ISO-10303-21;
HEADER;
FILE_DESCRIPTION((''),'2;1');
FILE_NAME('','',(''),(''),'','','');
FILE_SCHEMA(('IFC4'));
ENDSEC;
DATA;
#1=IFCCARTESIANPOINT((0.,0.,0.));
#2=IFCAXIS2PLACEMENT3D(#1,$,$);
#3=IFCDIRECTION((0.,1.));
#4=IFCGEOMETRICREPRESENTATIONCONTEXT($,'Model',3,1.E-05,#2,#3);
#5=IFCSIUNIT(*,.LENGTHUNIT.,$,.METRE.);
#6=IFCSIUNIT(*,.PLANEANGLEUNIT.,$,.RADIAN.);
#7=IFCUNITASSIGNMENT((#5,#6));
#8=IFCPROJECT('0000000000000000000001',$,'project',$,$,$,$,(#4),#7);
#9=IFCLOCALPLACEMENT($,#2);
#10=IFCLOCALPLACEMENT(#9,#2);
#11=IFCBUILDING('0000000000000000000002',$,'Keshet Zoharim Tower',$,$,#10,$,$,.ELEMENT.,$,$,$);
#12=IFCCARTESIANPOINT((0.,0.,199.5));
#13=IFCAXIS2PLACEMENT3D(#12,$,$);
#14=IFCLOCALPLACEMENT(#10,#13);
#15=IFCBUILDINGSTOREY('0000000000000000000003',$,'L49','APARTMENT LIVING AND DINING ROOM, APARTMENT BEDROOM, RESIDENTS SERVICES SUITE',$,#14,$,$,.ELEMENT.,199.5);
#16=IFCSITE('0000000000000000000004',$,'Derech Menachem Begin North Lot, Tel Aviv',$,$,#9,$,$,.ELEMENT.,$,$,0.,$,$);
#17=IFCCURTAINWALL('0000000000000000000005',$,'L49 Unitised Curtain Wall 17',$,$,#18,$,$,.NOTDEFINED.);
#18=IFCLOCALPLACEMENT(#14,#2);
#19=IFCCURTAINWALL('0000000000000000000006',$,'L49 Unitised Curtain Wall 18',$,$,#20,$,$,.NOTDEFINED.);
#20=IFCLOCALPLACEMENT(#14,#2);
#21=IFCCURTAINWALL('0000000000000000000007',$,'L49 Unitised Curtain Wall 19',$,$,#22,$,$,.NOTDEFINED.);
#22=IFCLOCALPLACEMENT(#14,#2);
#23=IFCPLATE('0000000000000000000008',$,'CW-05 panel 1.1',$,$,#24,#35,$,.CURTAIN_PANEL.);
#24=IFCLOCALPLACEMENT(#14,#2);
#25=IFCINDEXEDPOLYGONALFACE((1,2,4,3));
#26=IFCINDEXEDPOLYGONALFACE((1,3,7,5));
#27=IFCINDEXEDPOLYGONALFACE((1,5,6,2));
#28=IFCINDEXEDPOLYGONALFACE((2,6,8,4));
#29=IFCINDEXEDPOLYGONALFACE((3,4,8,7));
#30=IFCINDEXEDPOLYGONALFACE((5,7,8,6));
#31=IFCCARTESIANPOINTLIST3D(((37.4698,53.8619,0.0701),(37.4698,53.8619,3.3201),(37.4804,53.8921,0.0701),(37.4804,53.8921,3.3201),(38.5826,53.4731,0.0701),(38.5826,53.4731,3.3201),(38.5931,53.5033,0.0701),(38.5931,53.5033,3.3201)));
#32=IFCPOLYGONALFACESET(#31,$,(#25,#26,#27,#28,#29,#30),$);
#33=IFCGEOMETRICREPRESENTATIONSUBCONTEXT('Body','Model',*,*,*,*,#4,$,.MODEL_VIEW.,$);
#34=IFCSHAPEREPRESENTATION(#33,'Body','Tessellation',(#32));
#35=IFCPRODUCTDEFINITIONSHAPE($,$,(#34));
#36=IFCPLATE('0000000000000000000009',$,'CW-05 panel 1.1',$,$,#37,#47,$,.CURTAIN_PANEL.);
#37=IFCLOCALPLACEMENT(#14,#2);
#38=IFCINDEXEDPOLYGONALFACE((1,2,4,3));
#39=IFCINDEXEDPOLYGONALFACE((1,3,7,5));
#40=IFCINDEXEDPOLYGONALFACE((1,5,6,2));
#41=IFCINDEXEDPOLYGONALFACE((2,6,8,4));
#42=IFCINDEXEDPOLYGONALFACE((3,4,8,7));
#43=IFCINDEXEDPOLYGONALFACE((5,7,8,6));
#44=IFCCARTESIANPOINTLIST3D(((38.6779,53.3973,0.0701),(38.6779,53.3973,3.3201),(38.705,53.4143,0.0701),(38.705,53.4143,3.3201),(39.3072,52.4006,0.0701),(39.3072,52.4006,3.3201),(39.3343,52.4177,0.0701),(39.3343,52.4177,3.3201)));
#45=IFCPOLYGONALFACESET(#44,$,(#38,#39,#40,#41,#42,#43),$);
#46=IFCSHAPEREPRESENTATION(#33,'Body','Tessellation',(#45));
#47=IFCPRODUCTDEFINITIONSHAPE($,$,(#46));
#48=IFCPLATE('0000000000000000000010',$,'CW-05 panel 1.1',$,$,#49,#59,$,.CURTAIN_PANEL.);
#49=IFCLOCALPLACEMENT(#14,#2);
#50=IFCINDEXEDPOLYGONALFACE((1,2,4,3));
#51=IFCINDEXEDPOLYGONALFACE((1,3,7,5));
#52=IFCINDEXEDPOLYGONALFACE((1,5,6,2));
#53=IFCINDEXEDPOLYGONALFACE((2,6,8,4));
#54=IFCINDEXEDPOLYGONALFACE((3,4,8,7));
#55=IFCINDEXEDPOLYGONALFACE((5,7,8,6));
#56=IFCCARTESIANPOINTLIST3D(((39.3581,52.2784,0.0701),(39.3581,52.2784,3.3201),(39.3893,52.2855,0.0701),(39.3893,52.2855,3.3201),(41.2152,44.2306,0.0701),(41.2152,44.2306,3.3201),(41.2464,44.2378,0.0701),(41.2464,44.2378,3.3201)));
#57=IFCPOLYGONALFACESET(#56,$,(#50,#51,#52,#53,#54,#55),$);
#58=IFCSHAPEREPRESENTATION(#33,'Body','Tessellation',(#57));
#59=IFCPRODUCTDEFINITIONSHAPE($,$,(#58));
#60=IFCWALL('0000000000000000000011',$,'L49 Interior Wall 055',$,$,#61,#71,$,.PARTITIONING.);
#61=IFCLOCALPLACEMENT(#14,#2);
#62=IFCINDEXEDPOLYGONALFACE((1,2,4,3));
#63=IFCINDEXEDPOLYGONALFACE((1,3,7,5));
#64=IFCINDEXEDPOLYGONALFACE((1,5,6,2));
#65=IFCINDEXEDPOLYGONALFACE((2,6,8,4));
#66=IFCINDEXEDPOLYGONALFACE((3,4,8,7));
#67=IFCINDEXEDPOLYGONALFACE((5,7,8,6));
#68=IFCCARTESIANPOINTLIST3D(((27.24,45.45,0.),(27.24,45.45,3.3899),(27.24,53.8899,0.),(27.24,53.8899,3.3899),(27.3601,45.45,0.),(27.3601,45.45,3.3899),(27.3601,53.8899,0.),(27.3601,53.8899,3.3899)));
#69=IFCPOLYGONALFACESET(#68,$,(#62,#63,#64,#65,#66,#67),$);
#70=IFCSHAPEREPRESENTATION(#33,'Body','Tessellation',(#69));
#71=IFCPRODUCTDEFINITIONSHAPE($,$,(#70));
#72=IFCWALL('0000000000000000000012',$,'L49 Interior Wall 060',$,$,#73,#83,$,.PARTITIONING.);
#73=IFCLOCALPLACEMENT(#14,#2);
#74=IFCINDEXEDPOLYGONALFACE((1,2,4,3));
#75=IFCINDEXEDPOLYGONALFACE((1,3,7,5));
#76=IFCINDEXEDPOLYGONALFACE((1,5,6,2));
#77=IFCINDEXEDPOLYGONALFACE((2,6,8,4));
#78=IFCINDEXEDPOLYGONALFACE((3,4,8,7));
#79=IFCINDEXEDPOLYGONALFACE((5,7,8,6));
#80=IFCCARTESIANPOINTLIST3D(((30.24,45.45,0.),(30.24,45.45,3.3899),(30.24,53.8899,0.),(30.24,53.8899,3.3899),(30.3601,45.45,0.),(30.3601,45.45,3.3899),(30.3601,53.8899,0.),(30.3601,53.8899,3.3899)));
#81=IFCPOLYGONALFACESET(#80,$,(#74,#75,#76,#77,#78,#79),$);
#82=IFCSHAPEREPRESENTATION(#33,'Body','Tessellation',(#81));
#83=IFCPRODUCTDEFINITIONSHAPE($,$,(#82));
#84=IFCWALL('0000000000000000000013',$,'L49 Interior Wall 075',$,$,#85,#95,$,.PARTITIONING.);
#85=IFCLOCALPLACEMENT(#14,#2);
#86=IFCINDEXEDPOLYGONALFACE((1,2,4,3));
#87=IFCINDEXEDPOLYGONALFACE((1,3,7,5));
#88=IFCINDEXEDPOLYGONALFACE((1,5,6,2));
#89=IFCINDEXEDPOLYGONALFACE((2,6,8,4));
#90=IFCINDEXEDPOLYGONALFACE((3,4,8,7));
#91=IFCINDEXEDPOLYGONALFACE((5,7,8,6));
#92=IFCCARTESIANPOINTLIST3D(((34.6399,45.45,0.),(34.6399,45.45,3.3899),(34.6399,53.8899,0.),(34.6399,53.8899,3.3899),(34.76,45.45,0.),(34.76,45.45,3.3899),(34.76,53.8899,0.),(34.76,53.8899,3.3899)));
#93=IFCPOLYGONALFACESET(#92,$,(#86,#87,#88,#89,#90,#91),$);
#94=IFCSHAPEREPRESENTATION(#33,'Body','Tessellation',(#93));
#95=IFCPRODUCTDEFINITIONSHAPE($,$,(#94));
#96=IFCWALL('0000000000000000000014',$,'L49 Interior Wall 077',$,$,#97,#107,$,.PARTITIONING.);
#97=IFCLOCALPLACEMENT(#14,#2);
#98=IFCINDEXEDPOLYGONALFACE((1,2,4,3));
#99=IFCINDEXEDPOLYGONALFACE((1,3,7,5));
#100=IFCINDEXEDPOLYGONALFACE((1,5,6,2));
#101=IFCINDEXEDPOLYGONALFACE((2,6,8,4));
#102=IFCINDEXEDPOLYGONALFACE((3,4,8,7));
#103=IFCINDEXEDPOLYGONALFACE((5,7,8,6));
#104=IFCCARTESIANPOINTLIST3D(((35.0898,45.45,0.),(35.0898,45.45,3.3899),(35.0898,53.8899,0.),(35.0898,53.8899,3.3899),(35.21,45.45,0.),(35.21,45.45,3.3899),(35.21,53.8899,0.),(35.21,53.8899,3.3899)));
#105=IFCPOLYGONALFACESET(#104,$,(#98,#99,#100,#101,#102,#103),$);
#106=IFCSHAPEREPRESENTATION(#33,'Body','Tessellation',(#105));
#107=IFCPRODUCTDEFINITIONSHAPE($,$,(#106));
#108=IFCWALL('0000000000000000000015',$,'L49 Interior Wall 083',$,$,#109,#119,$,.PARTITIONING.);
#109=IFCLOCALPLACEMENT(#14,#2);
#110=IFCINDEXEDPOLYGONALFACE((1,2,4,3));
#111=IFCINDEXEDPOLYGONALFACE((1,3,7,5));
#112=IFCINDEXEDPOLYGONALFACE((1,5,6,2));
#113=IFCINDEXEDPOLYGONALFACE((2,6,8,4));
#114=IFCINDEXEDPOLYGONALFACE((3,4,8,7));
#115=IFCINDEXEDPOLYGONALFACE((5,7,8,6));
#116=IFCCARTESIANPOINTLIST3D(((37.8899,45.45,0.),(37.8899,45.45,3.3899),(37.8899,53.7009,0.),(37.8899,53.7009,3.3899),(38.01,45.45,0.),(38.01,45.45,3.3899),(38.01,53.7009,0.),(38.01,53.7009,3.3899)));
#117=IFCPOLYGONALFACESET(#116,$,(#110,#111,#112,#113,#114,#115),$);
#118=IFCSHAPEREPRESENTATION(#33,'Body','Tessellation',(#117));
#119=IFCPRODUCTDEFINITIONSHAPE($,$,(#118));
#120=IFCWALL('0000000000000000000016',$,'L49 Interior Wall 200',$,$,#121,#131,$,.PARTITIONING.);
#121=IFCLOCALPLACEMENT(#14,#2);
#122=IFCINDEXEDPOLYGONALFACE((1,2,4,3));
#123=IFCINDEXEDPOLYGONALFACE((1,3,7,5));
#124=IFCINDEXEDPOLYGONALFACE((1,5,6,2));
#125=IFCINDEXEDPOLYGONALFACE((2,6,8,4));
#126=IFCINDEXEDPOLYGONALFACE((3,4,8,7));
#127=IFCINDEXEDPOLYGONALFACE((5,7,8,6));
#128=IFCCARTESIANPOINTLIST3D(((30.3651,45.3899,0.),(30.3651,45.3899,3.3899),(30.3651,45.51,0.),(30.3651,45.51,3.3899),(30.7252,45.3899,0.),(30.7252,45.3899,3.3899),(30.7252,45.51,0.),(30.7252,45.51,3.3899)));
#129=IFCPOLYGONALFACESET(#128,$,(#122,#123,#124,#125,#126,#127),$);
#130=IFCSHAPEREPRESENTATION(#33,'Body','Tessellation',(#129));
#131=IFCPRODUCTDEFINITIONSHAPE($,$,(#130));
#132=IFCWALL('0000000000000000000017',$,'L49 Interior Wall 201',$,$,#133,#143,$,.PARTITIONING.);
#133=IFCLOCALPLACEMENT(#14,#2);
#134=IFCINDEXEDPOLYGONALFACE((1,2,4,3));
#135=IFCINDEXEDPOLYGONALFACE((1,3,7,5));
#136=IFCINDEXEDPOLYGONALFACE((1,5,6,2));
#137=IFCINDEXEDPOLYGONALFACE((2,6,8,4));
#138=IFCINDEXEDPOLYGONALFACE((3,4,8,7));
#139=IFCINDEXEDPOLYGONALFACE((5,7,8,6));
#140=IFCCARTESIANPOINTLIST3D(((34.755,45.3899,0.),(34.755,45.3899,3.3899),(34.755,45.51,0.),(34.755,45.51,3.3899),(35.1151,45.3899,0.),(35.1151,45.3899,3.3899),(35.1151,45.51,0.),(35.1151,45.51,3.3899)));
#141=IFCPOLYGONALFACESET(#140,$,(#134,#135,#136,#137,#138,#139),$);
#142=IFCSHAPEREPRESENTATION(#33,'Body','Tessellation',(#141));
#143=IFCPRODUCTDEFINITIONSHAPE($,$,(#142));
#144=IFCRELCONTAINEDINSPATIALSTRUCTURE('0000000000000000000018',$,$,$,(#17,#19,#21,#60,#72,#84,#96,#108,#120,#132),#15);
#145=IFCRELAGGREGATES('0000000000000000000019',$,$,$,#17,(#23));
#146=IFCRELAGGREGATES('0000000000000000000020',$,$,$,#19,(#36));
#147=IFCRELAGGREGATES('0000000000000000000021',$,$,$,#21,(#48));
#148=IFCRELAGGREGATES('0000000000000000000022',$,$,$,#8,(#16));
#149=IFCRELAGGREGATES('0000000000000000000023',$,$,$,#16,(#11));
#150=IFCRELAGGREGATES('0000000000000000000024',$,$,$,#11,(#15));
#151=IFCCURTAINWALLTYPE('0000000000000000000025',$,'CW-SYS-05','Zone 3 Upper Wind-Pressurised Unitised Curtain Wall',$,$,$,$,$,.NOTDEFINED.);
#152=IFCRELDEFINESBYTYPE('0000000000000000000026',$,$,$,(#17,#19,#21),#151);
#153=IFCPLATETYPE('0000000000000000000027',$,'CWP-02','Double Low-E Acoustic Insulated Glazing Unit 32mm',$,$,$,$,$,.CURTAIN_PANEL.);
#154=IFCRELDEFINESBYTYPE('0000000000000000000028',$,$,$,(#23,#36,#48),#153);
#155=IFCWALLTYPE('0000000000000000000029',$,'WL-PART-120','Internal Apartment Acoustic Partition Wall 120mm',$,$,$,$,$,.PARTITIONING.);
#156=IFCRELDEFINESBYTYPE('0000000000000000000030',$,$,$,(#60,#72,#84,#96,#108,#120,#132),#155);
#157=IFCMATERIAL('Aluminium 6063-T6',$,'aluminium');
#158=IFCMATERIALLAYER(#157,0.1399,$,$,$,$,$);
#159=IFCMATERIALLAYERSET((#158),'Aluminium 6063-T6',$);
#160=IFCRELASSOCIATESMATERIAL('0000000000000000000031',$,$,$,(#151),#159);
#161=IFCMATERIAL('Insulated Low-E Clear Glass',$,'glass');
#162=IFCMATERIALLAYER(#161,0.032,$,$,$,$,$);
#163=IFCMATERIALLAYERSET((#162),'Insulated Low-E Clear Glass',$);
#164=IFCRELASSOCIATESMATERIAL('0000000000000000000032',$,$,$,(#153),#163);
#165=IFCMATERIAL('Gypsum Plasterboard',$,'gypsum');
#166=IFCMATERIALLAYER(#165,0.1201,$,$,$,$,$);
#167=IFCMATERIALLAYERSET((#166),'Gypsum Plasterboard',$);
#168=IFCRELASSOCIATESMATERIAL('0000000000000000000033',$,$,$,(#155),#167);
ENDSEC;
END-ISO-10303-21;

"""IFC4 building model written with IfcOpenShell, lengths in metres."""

from ifc_helpers import new_model, si_unit, direction, frame, frame_2d, origin, origin_2d, place, context, subcontext, project, spatial, rectangle, extrude, material, layer, layer_set, type_object, element, aggregate, save


model = new_model("IFC4")

# Units and contexts
model_context = context("Model", 3, precision=1e-05, world=origin(), true_north=direction((0.0, 1.0)))
body_context = subcontext(model_context, "Body", "Model", "MODEL_VIEW")
ifc_project = project(units=[si_unit("LENGTHUNIT", "METRE"), si_unit("PLANEANGLEUNIT", "RADIAN")], contexts=[model_context])

# Site, building, storey
site_placement = place(None, origin())
site = spatial("IfcSite", under=ifc_project, at=site_placement, Name="Derech Menachem Begin North Lot, Tel Aviv", CompositionType="ELEMENT", RefElevation=0.0)
building_placement = place(site_placement, origin())
building = spatial("IfcBuilding", under=site, at=building_placement, Name="Keshet Zoharim Tower", CompositionType="ELEMENT")
storey_placement = place(building_placement, frame((0.0, 0.0, 199.5)))
storey = spatial("IfcBuildingStorey", under=building, at=storey_placement, Name="L49", Description="APARTMENT LIVING AND DINING ROOM, APARTMENT BEDROOM, RESIDENTS SERVICES SUITE", CompositionType="ELEMENT", Elevation=199.5)

# Curtain walls
ifc_material_1 = material(Name="Aluminium 6063-T6", Category="aluminium")
ifc_layer_1 = layer(ifc_material_1, 0.1399)
ifc_layer_set_1 = layer_set([ifc_layer_1], Name="Aluminium 6063-T6")
curtain_wall_type = type_object("IfcCurtainWallType", Name="CW-SYS-05", Description="Zone 3 Upper Wind-Pressurised Unitised Curtain Wall", PredefinedType="NOTDEFINED", material=ifc_layer_set_1)
curtain_wall_1_placement = place(storey_placement, origin())
curtain_wall_1 = element("IfcCurtainWall", 1, at=curtain_wall_1_placement, inside=storey, type_object=curtain_wall_type, Name="L49 Unitised Curtain Wall 17", PredefinedType="NOTDEFINED")
curtain_wall_2_placement = place(storey_placement, origin())
curtain_wall_2 = element("IfcCurtainWall", 2, at=curtain_wall_2_placement, inside=storey, type_object=curtain_wall_type, Name="L49 Unitised Curtain Wall 18", PredefinedType="NOTDEFINED")

# Curtain wall
curtain_wall_3_placement = place(storey_placement, origin())
curtain_wall_3 = element("IfcCurtainWall", 3, at=curtain_wall_3_placement, inside=storey, type_object=curtain_wall_type, Name="L49 Unitised Curtain Wall 19", PredefinedType="NOTDEFINED")

# Plates
ifc_material_2 = material(Name="Insulated Low-E Clear Glass", Category="glass")
ifc_layer_2 = layer(ifc_material_2, 0.032)
ifc_layer_set_2 = layer_set([ifc_layer_2], Name="Insulated Low-E Clear Glass")
plate_type = type_object("IfcPlateType", Name="CWP-02", Description="Double Low-E Acoustic Insulated Glazing Unit 32mm", PredefinedType="CURTAIN_PANEL", material=ifc_layer_set_2)
plate_1_placement = place(storey_placement, frame((38.0315, 53.6826, 0.0701), z_axis=(0.0, 0.0, 1.0), x_axis=(0.944036, -0.329844, 0.0)))
plate_1 = element("IfcPlate", 4, at=plate_1_placement, type_object=plate_type, Name="CW-05 panel 1.1", PredefinedType="CURTAIN_PANEL", context=body_context, shape_type="SweptSolid", body=[
    extrude(rectangle(XDim=1.1787, YDim=0.032, at=origin_2d()), origin(), (0.0, 0.0, 1.0), 3.25),
])
aggregate(curtain_wall_1, [plate_1])
plate_2_placement = place(storey_placement, frame((39.0061, 52.9075, 0.0701), z_axis=(0.0, 0.0, 1.0), x_axis=(0.533879, -0.845561, 0.0)))
plate_2 = element("IfcPlate", 5, at=plate_2_placement, type_object=plate_type, Name="CW-05 panel 1.1", PredefinedType="CURTAIN_PANEL", context=body_context, shape_type="SweptSolid", body=[
    extrude(rectangle(XDim=1.1787, YDim=0.032, at=origin_2d()), origin(), (0.0, 0.0, 1.0), 3.25),
])
aggregate(curtain_wall_2, [plate_2])
plate_3_placement = place(storey_placement, frame((40.3022, 48.2581, 0.0701), z_axis=(0.0, 0.0, 1.0), x_axis=(0.224848, -0.974394, 0.0)))
plate_3 = element("IfcPlate", 6, at=plate_3_placement, type_object=plate_type, Name="CW-05 panel 1.1", PredefinedType="CURTAIN_PANEL", context=body_context, shape_type="SweptSolid", body=[
    extrude(rectangle(XDim=8.2593, YDim=0.032, at=origin_2d()), origin(), (0.0, 0.0, 1.0), 3.25),
])
aggregate(curtain_wall_3, [plate_3])

# Walls
ifc_material_3 = material(Name="Gypsum Plasterboard", Category="gypsum")
ifc_layer_3 = layer(ifc_material_3, 0.1201)
ifc_layer_set_3 = layer_set([ifc_layer_3], Name="Gypsum Plasterboard")
wall_type = type_object("IfcWallType", Name="WL-PART-120", Description="Internal Apartment Acoustic Partition Wall 120mm", PredefinedType="PARTITIONING", material=ifc_layer_set_3)
for number, where, z_axis, x_axis, name in (
    (7, (27.3, 45.45, 0.0), (0.0, 0.0, 1.0), (0.0, 1.0, 0.0), "L49 Interior Wall 055"),
    (8, (30.3, 45.45, 0.0), (0.0, 0.0, 1.0), (0.0, 1.0, 0.0), "L49 Interior Wall 060"),
    (9, (34.7, 45.45, 0.0), (0.0, 0.0, 1.0), (0.0, 1.0, 0.0), "L49 Interior Wall 075"),
    (10, (35.1499, 45.45, 0.0), (0.0, 0.0, 1.0), (0.0, 1.0, 0.0), "L49 Interior Wall 077"),
):
    element("IfcWall", number, at=place(storey_placement, frame(where, z_axis=z_axis, x_axis=x_axis)), inside=storey, type_object=wall_type, Name=name, PredefinedType="PARTITIONING", context=body_context, shape_type="SweptSolid", body=[
        extrude(rectangle(XDim=8.4399, YDim=0.1201, at=frame_2d((4.22, 0.0))), origin(), (0.0, 0.0, 1.0), 3.3899),
    ])
wall_1_placement = place(storey_placement, frame((37.95, 45.45, 0.0), z_axis=(0.0, 0.0, 1.0), x_axis=(0.0, 1.0, 0.0)))
element("IfcWall", 11, at=wall_1_placement, inside=storey, type_object=wall_type, Name="L49 Interior Wall 083", PredefinedType="PARTITIONING", context=body_context, shape_type="SweptSolid", body=[
    extrude(rectangle(XDim=8.251, YDim=0.1201, at=frame_2d((4.1255, 0.0))), origin(), (0.0, 0.0, 1.0), 3.3899),
])
for number, where, z_axis, x_axis, name in (
    (12, (30.365, 45.45, 0.0), (0.0, 0.0, 1.0), (1.0, 0.0, 0.0), "L49 Interior Wall 200"),
    (13, (34.7549, 45.45, 0.0), (0.0, 0.0, 1.0), (1.0, 0.0, 0.0), "L49 Interior Wall 201"),
):
    element("IfcWall", number, at=place(storey_placement, frame(where, z_axis=z_axis, x_axis=x_axis)), inside=storey, type_object=wall_type, Name=name, PredefinedType="PARTITIONING", context=body_context, shape_type="SweptSolid", body=[
        extrude(rectangle(XDim=0.3601, YDim=0.1201, at=frame_2d((0.1802, 0.0))), origin(), (0.0, 0.0, 1.0), 3.3899),
    ])

save(model, "model.ifc")
